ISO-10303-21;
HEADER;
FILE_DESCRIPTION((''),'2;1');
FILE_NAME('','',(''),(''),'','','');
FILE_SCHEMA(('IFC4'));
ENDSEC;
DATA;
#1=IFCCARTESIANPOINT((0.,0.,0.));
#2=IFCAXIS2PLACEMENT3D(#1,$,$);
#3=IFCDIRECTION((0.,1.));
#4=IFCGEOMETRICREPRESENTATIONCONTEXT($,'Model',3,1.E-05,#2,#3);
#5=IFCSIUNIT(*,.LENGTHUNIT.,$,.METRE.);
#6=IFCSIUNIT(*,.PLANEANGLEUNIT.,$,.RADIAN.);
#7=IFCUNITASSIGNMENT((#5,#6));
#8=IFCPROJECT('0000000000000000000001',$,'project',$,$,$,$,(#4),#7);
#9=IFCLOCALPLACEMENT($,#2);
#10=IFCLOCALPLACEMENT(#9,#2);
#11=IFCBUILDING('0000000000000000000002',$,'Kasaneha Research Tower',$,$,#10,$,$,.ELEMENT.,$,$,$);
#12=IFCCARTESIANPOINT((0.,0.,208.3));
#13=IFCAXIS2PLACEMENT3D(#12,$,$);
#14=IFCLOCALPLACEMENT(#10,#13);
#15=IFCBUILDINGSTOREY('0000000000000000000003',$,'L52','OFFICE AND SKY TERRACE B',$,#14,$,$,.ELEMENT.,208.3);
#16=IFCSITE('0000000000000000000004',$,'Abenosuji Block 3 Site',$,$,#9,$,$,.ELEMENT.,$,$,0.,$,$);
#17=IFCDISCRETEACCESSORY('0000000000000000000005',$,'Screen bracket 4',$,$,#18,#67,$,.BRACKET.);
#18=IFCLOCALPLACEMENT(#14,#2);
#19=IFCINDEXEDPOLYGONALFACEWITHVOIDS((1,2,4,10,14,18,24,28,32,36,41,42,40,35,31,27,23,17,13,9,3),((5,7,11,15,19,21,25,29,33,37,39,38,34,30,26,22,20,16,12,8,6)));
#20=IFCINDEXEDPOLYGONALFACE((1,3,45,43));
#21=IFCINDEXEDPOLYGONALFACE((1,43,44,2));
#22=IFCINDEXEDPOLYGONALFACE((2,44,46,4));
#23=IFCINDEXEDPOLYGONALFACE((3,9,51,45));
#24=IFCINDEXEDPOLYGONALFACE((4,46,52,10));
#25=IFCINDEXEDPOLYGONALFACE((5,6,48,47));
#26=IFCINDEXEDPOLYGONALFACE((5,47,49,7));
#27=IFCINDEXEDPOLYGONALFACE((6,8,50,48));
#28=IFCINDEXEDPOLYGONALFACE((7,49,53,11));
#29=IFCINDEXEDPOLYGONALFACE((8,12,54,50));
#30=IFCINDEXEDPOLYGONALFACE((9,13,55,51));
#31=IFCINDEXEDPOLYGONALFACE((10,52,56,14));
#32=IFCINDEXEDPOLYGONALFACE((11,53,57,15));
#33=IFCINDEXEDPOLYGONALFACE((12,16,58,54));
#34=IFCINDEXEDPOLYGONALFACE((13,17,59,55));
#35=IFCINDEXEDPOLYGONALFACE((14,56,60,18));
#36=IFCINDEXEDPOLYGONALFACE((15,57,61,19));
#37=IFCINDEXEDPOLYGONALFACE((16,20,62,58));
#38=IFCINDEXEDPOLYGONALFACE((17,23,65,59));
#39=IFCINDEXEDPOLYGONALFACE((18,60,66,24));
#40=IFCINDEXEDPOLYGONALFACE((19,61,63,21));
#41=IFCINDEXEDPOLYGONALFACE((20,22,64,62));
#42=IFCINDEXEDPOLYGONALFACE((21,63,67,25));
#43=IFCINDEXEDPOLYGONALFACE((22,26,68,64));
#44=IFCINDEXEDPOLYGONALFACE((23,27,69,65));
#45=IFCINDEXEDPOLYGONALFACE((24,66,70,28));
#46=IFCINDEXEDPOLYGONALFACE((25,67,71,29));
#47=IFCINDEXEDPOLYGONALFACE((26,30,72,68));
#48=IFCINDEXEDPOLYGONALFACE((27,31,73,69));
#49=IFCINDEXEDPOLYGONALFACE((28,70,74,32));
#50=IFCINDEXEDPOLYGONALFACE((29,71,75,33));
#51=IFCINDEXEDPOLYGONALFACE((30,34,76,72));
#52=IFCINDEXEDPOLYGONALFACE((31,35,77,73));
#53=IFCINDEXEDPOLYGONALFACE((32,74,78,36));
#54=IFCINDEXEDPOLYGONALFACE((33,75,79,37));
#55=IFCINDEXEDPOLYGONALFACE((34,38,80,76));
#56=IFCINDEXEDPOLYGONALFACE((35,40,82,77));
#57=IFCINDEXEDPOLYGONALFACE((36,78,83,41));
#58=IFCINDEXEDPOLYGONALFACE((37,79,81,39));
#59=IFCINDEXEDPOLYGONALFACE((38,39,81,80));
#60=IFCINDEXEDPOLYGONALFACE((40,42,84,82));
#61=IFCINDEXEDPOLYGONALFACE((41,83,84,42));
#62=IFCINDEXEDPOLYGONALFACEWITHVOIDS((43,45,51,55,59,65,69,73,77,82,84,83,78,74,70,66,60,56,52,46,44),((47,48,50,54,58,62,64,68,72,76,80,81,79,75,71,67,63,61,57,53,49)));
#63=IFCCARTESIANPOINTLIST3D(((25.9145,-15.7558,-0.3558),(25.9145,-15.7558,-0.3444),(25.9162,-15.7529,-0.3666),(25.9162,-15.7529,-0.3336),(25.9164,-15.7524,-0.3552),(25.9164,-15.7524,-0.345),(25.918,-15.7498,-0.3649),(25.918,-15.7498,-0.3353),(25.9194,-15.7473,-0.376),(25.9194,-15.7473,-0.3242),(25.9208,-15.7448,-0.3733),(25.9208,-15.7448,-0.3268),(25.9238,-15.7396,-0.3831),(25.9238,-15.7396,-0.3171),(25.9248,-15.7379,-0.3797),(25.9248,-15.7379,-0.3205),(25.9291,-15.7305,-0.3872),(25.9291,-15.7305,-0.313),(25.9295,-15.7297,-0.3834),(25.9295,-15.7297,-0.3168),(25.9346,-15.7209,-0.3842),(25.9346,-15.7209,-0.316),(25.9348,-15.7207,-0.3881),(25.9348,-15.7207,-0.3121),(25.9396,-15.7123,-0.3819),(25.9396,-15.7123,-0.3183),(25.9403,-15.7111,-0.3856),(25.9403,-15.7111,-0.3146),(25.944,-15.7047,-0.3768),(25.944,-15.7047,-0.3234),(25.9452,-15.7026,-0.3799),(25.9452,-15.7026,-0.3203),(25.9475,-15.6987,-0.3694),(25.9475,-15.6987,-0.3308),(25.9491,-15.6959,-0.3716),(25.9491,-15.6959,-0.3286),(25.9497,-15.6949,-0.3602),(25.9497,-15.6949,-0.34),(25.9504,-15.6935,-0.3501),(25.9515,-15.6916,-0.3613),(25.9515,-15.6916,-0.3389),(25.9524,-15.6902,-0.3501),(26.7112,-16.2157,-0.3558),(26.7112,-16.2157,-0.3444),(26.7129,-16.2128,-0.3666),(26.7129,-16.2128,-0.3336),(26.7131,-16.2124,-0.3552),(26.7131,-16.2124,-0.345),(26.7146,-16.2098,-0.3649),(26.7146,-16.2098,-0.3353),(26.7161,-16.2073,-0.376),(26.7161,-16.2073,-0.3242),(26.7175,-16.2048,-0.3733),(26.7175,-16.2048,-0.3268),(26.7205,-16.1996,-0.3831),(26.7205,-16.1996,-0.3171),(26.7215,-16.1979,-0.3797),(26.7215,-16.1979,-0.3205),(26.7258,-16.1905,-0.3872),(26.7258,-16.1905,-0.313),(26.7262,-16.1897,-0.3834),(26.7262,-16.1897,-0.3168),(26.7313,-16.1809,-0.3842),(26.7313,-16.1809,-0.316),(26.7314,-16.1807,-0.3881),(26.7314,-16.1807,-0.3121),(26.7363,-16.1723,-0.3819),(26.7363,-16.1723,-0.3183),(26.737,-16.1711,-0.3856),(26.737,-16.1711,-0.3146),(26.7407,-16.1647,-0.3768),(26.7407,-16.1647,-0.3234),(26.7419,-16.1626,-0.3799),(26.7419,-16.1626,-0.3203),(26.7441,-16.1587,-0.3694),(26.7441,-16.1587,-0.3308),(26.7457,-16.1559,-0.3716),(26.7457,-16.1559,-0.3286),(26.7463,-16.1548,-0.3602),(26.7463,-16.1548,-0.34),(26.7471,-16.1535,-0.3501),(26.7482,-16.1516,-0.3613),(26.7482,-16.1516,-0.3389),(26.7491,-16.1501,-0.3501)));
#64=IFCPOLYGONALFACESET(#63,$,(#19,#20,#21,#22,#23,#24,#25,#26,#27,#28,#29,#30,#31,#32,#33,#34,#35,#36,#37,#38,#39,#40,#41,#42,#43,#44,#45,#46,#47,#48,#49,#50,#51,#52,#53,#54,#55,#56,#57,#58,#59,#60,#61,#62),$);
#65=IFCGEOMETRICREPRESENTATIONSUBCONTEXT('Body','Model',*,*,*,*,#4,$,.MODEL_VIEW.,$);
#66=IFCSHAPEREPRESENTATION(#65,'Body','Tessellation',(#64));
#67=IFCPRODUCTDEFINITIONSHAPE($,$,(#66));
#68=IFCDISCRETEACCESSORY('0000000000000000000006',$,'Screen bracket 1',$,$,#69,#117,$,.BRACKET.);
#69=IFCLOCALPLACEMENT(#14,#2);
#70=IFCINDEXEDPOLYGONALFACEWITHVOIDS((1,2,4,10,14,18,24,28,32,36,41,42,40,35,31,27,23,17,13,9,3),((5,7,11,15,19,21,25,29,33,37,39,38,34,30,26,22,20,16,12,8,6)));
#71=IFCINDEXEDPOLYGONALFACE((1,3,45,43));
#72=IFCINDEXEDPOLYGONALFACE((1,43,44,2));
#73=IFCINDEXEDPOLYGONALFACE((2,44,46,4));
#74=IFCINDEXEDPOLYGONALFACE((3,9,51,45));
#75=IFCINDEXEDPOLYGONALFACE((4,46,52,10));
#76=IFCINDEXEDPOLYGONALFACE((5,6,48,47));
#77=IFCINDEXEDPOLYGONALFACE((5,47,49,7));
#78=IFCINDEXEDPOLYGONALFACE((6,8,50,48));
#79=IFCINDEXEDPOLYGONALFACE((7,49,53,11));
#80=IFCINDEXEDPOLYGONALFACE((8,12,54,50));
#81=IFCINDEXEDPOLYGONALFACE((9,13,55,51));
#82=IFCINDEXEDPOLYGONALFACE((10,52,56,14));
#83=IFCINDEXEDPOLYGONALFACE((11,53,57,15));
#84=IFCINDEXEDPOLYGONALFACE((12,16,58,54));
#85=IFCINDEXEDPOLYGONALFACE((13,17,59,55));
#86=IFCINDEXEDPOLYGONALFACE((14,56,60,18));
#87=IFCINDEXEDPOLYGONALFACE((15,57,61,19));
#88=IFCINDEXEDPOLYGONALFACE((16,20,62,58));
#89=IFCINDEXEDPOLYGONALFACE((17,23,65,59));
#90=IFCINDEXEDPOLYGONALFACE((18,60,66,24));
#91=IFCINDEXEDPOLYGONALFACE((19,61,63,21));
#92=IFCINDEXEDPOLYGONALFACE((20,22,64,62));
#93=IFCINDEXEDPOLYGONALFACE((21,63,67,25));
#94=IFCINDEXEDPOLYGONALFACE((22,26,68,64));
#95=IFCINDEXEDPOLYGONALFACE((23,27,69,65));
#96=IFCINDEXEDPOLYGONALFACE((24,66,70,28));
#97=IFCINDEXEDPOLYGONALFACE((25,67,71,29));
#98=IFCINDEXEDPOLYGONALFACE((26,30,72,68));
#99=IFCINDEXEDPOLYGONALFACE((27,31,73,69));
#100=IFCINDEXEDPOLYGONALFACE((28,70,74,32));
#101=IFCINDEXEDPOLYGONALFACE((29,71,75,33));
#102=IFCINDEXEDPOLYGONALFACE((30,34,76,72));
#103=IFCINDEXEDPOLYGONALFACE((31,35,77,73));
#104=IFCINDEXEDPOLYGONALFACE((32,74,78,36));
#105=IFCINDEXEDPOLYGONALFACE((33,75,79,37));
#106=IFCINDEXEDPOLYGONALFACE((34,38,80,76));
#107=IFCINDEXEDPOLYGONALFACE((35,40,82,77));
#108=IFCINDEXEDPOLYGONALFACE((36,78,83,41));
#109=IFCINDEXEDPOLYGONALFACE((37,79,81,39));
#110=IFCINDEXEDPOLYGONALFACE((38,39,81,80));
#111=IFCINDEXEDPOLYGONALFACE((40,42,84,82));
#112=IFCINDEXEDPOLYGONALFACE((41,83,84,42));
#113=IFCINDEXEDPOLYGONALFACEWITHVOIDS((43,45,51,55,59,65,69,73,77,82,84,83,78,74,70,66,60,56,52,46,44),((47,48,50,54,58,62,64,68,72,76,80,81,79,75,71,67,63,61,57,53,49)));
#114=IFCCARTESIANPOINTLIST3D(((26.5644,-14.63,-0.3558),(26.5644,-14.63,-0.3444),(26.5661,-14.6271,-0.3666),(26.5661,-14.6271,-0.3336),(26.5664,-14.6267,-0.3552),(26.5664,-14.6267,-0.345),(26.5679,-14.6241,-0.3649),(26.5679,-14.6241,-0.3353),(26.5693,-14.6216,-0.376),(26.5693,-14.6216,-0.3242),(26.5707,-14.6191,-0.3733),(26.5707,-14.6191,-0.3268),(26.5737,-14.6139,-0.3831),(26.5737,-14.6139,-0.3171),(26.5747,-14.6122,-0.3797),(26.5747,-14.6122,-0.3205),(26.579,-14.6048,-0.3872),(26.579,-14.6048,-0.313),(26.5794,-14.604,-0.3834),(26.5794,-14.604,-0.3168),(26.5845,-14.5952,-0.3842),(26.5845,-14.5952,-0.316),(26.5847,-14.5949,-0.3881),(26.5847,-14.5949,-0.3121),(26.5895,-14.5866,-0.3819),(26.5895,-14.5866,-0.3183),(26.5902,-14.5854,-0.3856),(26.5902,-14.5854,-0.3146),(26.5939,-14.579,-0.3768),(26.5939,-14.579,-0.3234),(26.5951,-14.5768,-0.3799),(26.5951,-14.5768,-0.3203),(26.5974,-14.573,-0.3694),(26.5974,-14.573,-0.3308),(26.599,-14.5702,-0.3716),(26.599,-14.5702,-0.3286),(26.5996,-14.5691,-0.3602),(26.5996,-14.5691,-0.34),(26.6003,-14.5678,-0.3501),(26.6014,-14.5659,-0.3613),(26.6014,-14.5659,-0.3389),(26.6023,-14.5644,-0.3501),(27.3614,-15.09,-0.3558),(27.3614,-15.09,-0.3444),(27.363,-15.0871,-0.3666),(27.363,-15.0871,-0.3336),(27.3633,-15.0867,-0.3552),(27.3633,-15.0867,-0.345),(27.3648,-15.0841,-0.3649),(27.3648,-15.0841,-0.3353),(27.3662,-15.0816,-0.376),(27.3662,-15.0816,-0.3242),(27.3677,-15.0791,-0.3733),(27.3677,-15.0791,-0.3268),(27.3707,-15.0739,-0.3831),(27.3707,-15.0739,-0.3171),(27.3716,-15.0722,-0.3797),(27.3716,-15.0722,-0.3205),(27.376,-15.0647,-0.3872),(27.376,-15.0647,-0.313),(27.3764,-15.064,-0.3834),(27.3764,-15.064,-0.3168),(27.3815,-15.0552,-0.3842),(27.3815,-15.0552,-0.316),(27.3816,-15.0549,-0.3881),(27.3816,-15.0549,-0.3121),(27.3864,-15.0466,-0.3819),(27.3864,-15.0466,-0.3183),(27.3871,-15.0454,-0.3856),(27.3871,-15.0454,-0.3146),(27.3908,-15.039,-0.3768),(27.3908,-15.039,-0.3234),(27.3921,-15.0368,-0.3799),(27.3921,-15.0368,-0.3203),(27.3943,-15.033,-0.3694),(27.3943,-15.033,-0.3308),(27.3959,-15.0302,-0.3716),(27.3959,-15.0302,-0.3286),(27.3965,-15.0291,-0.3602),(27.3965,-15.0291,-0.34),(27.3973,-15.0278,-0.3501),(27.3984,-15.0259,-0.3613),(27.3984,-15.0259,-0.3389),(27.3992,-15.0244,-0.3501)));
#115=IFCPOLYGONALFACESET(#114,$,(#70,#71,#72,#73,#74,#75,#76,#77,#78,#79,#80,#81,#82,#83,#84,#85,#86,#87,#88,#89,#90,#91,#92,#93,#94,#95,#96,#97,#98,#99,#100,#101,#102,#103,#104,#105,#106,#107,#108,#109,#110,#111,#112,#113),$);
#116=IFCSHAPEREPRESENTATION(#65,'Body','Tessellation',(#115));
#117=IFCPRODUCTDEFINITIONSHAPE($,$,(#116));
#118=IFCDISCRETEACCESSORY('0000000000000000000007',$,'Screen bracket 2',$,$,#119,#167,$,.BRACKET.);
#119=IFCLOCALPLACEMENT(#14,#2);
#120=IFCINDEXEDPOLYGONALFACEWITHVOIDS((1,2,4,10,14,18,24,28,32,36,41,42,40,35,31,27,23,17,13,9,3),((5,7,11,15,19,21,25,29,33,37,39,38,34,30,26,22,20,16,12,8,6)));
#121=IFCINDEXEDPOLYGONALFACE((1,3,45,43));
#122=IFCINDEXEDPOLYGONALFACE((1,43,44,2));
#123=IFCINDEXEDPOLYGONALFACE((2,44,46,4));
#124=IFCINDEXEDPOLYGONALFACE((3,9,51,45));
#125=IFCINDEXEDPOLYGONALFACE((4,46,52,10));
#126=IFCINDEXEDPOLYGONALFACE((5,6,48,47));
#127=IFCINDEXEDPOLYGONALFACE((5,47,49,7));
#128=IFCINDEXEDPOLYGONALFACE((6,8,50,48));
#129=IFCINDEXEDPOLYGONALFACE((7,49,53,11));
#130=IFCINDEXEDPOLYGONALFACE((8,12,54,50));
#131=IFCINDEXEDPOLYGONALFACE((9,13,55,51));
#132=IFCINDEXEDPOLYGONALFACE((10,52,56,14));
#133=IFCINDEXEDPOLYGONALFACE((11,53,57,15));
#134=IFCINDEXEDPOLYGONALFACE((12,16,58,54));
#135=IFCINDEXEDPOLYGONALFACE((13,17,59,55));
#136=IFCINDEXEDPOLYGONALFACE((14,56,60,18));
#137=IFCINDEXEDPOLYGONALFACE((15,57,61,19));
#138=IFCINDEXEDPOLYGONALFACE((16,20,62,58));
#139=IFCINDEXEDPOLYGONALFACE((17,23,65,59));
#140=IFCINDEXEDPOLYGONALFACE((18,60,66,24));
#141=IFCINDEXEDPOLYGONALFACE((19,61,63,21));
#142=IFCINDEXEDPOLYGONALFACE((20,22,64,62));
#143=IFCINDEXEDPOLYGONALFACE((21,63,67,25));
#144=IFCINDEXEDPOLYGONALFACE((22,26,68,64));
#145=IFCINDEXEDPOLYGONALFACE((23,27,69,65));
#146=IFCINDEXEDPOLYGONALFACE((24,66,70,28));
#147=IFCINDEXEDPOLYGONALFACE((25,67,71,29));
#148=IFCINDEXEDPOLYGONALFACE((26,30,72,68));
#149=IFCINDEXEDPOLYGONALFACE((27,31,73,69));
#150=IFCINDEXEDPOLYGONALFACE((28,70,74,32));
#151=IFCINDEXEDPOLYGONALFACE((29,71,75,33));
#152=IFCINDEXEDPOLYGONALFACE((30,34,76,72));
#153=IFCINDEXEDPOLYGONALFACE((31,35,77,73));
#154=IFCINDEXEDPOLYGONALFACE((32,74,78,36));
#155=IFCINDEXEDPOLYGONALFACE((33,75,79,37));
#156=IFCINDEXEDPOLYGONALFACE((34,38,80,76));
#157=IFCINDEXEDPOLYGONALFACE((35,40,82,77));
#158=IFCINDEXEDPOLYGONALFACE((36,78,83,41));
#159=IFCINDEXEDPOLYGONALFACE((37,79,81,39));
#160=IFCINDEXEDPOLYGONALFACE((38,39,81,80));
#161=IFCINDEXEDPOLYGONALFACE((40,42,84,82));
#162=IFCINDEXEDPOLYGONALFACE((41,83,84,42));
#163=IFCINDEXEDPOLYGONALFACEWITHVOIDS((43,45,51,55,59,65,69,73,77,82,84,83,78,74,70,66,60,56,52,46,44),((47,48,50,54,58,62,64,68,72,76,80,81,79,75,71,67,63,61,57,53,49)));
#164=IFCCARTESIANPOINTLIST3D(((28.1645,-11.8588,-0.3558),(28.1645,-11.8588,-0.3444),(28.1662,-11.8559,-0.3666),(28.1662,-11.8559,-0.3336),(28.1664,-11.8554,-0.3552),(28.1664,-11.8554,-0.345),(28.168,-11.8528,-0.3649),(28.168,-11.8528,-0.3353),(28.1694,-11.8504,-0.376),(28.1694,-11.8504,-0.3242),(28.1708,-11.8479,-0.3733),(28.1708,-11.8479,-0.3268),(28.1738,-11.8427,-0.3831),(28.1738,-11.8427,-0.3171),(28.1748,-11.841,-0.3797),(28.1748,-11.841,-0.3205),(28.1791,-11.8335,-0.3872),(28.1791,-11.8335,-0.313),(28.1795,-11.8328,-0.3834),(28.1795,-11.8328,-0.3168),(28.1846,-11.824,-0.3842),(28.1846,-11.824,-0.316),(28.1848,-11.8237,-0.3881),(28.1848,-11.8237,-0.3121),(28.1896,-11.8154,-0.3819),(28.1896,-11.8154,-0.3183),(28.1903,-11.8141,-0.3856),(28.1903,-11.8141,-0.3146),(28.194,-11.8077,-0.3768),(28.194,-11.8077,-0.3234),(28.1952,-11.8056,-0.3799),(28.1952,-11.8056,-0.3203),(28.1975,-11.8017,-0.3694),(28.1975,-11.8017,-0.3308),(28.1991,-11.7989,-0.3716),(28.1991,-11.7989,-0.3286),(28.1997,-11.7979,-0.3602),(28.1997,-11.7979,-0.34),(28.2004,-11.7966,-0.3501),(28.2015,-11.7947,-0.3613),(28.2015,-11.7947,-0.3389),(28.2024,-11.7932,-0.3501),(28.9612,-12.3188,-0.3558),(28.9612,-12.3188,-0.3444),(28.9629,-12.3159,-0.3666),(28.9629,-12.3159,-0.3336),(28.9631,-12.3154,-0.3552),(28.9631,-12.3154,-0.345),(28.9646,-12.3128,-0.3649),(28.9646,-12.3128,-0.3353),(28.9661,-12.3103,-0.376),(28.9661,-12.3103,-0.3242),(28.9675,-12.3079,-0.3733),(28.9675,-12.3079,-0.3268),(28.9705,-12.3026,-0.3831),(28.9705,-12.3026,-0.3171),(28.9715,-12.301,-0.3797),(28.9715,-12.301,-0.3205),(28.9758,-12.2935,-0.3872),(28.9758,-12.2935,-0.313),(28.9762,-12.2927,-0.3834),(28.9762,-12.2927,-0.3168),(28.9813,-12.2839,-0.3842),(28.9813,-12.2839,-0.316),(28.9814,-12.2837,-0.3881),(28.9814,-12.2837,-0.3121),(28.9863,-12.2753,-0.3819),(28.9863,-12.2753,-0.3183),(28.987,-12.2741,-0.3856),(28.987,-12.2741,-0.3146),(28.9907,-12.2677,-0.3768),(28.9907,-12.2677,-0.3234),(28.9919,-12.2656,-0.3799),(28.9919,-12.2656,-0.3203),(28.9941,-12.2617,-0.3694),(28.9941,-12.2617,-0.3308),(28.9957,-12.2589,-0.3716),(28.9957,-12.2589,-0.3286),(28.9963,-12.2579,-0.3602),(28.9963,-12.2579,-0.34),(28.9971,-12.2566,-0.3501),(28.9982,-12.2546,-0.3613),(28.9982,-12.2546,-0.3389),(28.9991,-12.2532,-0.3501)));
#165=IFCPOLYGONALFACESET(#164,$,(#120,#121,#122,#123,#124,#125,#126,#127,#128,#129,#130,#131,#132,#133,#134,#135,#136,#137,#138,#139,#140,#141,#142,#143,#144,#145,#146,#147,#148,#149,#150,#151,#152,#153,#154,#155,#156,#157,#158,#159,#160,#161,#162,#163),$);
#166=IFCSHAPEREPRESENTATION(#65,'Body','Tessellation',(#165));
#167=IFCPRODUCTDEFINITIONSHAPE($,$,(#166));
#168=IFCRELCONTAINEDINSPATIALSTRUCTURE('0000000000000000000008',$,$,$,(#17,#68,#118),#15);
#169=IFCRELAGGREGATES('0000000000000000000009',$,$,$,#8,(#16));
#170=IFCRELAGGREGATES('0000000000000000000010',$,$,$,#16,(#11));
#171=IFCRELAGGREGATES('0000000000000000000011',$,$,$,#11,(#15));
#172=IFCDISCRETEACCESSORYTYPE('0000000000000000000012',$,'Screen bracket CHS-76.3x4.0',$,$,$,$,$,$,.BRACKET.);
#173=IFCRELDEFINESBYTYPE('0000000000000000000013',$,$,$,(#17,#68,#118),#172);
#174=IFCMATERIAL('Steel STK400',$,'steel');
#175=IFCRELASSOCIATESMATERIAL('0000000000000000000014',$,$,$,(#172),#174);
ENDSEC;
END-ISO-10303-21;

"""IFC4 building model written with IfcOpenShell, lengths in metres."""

from ifc_helpers import new_model, si_unit, direction, frame, origin, origin_2d, place, context, subcontext, project, spatial, hollow_circle, extrude, material, material_profile, profile_set, type_object, element, save


model = new_model("IFC4")

# Units and contexts
model_context = context("Model", 3, precision=1e-05, world=origin(), true_north=direction((0.0, 1.0)))
body_context = subcontext(model_context, "Body", "Model", "MODEL_VIEW")
ifc_project = project(units=[si_unit("LENGTHUNIT", "METRE"), si_unit("PLANEANGLEUNIT", "RADIAN")], contexts=[model_context])

# Site, building, storey
site_placement = place(None, origin())
site = spatial("IfcSite", under=ifc_project, at=site_placement, Name="Abenosuji Block 3 Site", CompositionType="ELEMENT", RefElevation=0.0)
building_placement = place(site_placement, origin())
building = spatial("IfcBuilding", under=site, at=building_placement, Name="Kasaneha Research Tower", CompositionType="ELEMENT")
storey_placement = place(building_placement, frame((0.0, 0.0, 208.3)))
storey = spatial("IfcBuildingStorey", under=building, at=storey_placement, Name="L52", Description="OFFICE AND SKY TERRACE B", CompositionType="ELEMENT", Elevation=208.3)

# Discrete accessories
ifc_material_1 = material(Name="Steel STK400", Category="steel")
ifc_material_profile_1 = material_profile(ifc_material_1, hollow_circle(Radius=0.0381, WallThickness=0.0039, at=origin_2d()), Name="CHS-76.3x4.0")
ifc_profile_set_1 = profile_set([ifc_material_profile_1], Name="Steel STK400")
discrete_accessory_type = type_object("IfcDiscreteAccessoryType", Name="Screen bracket CHS-76.3x4.0", PredefinedType="BRACKET", material=ifc_profile_set_1)
discrete_accessory_1_placement = place(storey_placement, frame((25.9333, -15.7231, -0.3501), z_axis=(0.866013, -0.500021, 0.0), x_axis=(0.500021, 0.866013, 0.0)))
element("IfcDiscreteAccessory", 1, at=discrete_accessory_1_placement, inside=storey, type_object=discrete_accessory_type, Name="Screen bracket 4", PredefinedType="BRACKET", context=body_context, shape_type="SweptSolid", body=[
    extrude(hollow_circle(Radius=0.0381, WallThickness=0.0039, at=origin_2d()), origin(), (0.0, 0.0, 1.0), 0.9199),
])
discrete_accessory_2_placement = place(storey_placement, frame((26.5833, -14.5974, -0.3501), z_axis=(0.86608, -0.499906, 0.0), x_axis=(0.499906, 0.86608, 0.0)))
element("IfcDiscreteAccessory", 2, at=discrete_accessory_2_placement, inside=storey, type_object=discrete_accessory_type, Name="Screen bracket 1", PredefinedType="BRACKET", context=body_context, shape_type="SweptSolid", body=[
    extrude(hollow_circle(Radius=0.0381, WallThickness=0.0039, at=origin_2d()), origin(), (0.0, 0.0, 1.0), 0.9202),
])
for number, where, z_axis, x_axis, name in (
    (3, (28.1833, -11.8262, -0.3501), (0.866013, -0.500021, 0.0), (0.500021, 0.866013, 0.0), "Screen bracket 2"),
):
    element("IfcDiscreteAccessory", number, at=place(storey_placement, frame(where, z_axis=z_axis, x_axis=x_axis)), inside=storey, type_object=discrete_accessory_type, Name=name, PredefinedType="BRACKET", context=body_context, shape_type="SweptSolid", body=[
        extrude(hollow_circle(Radius=0.0381, WallThickness=0.0039, at=origin_2d()), origin(), (0.0, 0.0, 1.0), 0.9199),
    ])

save(model, "model.ifc")
